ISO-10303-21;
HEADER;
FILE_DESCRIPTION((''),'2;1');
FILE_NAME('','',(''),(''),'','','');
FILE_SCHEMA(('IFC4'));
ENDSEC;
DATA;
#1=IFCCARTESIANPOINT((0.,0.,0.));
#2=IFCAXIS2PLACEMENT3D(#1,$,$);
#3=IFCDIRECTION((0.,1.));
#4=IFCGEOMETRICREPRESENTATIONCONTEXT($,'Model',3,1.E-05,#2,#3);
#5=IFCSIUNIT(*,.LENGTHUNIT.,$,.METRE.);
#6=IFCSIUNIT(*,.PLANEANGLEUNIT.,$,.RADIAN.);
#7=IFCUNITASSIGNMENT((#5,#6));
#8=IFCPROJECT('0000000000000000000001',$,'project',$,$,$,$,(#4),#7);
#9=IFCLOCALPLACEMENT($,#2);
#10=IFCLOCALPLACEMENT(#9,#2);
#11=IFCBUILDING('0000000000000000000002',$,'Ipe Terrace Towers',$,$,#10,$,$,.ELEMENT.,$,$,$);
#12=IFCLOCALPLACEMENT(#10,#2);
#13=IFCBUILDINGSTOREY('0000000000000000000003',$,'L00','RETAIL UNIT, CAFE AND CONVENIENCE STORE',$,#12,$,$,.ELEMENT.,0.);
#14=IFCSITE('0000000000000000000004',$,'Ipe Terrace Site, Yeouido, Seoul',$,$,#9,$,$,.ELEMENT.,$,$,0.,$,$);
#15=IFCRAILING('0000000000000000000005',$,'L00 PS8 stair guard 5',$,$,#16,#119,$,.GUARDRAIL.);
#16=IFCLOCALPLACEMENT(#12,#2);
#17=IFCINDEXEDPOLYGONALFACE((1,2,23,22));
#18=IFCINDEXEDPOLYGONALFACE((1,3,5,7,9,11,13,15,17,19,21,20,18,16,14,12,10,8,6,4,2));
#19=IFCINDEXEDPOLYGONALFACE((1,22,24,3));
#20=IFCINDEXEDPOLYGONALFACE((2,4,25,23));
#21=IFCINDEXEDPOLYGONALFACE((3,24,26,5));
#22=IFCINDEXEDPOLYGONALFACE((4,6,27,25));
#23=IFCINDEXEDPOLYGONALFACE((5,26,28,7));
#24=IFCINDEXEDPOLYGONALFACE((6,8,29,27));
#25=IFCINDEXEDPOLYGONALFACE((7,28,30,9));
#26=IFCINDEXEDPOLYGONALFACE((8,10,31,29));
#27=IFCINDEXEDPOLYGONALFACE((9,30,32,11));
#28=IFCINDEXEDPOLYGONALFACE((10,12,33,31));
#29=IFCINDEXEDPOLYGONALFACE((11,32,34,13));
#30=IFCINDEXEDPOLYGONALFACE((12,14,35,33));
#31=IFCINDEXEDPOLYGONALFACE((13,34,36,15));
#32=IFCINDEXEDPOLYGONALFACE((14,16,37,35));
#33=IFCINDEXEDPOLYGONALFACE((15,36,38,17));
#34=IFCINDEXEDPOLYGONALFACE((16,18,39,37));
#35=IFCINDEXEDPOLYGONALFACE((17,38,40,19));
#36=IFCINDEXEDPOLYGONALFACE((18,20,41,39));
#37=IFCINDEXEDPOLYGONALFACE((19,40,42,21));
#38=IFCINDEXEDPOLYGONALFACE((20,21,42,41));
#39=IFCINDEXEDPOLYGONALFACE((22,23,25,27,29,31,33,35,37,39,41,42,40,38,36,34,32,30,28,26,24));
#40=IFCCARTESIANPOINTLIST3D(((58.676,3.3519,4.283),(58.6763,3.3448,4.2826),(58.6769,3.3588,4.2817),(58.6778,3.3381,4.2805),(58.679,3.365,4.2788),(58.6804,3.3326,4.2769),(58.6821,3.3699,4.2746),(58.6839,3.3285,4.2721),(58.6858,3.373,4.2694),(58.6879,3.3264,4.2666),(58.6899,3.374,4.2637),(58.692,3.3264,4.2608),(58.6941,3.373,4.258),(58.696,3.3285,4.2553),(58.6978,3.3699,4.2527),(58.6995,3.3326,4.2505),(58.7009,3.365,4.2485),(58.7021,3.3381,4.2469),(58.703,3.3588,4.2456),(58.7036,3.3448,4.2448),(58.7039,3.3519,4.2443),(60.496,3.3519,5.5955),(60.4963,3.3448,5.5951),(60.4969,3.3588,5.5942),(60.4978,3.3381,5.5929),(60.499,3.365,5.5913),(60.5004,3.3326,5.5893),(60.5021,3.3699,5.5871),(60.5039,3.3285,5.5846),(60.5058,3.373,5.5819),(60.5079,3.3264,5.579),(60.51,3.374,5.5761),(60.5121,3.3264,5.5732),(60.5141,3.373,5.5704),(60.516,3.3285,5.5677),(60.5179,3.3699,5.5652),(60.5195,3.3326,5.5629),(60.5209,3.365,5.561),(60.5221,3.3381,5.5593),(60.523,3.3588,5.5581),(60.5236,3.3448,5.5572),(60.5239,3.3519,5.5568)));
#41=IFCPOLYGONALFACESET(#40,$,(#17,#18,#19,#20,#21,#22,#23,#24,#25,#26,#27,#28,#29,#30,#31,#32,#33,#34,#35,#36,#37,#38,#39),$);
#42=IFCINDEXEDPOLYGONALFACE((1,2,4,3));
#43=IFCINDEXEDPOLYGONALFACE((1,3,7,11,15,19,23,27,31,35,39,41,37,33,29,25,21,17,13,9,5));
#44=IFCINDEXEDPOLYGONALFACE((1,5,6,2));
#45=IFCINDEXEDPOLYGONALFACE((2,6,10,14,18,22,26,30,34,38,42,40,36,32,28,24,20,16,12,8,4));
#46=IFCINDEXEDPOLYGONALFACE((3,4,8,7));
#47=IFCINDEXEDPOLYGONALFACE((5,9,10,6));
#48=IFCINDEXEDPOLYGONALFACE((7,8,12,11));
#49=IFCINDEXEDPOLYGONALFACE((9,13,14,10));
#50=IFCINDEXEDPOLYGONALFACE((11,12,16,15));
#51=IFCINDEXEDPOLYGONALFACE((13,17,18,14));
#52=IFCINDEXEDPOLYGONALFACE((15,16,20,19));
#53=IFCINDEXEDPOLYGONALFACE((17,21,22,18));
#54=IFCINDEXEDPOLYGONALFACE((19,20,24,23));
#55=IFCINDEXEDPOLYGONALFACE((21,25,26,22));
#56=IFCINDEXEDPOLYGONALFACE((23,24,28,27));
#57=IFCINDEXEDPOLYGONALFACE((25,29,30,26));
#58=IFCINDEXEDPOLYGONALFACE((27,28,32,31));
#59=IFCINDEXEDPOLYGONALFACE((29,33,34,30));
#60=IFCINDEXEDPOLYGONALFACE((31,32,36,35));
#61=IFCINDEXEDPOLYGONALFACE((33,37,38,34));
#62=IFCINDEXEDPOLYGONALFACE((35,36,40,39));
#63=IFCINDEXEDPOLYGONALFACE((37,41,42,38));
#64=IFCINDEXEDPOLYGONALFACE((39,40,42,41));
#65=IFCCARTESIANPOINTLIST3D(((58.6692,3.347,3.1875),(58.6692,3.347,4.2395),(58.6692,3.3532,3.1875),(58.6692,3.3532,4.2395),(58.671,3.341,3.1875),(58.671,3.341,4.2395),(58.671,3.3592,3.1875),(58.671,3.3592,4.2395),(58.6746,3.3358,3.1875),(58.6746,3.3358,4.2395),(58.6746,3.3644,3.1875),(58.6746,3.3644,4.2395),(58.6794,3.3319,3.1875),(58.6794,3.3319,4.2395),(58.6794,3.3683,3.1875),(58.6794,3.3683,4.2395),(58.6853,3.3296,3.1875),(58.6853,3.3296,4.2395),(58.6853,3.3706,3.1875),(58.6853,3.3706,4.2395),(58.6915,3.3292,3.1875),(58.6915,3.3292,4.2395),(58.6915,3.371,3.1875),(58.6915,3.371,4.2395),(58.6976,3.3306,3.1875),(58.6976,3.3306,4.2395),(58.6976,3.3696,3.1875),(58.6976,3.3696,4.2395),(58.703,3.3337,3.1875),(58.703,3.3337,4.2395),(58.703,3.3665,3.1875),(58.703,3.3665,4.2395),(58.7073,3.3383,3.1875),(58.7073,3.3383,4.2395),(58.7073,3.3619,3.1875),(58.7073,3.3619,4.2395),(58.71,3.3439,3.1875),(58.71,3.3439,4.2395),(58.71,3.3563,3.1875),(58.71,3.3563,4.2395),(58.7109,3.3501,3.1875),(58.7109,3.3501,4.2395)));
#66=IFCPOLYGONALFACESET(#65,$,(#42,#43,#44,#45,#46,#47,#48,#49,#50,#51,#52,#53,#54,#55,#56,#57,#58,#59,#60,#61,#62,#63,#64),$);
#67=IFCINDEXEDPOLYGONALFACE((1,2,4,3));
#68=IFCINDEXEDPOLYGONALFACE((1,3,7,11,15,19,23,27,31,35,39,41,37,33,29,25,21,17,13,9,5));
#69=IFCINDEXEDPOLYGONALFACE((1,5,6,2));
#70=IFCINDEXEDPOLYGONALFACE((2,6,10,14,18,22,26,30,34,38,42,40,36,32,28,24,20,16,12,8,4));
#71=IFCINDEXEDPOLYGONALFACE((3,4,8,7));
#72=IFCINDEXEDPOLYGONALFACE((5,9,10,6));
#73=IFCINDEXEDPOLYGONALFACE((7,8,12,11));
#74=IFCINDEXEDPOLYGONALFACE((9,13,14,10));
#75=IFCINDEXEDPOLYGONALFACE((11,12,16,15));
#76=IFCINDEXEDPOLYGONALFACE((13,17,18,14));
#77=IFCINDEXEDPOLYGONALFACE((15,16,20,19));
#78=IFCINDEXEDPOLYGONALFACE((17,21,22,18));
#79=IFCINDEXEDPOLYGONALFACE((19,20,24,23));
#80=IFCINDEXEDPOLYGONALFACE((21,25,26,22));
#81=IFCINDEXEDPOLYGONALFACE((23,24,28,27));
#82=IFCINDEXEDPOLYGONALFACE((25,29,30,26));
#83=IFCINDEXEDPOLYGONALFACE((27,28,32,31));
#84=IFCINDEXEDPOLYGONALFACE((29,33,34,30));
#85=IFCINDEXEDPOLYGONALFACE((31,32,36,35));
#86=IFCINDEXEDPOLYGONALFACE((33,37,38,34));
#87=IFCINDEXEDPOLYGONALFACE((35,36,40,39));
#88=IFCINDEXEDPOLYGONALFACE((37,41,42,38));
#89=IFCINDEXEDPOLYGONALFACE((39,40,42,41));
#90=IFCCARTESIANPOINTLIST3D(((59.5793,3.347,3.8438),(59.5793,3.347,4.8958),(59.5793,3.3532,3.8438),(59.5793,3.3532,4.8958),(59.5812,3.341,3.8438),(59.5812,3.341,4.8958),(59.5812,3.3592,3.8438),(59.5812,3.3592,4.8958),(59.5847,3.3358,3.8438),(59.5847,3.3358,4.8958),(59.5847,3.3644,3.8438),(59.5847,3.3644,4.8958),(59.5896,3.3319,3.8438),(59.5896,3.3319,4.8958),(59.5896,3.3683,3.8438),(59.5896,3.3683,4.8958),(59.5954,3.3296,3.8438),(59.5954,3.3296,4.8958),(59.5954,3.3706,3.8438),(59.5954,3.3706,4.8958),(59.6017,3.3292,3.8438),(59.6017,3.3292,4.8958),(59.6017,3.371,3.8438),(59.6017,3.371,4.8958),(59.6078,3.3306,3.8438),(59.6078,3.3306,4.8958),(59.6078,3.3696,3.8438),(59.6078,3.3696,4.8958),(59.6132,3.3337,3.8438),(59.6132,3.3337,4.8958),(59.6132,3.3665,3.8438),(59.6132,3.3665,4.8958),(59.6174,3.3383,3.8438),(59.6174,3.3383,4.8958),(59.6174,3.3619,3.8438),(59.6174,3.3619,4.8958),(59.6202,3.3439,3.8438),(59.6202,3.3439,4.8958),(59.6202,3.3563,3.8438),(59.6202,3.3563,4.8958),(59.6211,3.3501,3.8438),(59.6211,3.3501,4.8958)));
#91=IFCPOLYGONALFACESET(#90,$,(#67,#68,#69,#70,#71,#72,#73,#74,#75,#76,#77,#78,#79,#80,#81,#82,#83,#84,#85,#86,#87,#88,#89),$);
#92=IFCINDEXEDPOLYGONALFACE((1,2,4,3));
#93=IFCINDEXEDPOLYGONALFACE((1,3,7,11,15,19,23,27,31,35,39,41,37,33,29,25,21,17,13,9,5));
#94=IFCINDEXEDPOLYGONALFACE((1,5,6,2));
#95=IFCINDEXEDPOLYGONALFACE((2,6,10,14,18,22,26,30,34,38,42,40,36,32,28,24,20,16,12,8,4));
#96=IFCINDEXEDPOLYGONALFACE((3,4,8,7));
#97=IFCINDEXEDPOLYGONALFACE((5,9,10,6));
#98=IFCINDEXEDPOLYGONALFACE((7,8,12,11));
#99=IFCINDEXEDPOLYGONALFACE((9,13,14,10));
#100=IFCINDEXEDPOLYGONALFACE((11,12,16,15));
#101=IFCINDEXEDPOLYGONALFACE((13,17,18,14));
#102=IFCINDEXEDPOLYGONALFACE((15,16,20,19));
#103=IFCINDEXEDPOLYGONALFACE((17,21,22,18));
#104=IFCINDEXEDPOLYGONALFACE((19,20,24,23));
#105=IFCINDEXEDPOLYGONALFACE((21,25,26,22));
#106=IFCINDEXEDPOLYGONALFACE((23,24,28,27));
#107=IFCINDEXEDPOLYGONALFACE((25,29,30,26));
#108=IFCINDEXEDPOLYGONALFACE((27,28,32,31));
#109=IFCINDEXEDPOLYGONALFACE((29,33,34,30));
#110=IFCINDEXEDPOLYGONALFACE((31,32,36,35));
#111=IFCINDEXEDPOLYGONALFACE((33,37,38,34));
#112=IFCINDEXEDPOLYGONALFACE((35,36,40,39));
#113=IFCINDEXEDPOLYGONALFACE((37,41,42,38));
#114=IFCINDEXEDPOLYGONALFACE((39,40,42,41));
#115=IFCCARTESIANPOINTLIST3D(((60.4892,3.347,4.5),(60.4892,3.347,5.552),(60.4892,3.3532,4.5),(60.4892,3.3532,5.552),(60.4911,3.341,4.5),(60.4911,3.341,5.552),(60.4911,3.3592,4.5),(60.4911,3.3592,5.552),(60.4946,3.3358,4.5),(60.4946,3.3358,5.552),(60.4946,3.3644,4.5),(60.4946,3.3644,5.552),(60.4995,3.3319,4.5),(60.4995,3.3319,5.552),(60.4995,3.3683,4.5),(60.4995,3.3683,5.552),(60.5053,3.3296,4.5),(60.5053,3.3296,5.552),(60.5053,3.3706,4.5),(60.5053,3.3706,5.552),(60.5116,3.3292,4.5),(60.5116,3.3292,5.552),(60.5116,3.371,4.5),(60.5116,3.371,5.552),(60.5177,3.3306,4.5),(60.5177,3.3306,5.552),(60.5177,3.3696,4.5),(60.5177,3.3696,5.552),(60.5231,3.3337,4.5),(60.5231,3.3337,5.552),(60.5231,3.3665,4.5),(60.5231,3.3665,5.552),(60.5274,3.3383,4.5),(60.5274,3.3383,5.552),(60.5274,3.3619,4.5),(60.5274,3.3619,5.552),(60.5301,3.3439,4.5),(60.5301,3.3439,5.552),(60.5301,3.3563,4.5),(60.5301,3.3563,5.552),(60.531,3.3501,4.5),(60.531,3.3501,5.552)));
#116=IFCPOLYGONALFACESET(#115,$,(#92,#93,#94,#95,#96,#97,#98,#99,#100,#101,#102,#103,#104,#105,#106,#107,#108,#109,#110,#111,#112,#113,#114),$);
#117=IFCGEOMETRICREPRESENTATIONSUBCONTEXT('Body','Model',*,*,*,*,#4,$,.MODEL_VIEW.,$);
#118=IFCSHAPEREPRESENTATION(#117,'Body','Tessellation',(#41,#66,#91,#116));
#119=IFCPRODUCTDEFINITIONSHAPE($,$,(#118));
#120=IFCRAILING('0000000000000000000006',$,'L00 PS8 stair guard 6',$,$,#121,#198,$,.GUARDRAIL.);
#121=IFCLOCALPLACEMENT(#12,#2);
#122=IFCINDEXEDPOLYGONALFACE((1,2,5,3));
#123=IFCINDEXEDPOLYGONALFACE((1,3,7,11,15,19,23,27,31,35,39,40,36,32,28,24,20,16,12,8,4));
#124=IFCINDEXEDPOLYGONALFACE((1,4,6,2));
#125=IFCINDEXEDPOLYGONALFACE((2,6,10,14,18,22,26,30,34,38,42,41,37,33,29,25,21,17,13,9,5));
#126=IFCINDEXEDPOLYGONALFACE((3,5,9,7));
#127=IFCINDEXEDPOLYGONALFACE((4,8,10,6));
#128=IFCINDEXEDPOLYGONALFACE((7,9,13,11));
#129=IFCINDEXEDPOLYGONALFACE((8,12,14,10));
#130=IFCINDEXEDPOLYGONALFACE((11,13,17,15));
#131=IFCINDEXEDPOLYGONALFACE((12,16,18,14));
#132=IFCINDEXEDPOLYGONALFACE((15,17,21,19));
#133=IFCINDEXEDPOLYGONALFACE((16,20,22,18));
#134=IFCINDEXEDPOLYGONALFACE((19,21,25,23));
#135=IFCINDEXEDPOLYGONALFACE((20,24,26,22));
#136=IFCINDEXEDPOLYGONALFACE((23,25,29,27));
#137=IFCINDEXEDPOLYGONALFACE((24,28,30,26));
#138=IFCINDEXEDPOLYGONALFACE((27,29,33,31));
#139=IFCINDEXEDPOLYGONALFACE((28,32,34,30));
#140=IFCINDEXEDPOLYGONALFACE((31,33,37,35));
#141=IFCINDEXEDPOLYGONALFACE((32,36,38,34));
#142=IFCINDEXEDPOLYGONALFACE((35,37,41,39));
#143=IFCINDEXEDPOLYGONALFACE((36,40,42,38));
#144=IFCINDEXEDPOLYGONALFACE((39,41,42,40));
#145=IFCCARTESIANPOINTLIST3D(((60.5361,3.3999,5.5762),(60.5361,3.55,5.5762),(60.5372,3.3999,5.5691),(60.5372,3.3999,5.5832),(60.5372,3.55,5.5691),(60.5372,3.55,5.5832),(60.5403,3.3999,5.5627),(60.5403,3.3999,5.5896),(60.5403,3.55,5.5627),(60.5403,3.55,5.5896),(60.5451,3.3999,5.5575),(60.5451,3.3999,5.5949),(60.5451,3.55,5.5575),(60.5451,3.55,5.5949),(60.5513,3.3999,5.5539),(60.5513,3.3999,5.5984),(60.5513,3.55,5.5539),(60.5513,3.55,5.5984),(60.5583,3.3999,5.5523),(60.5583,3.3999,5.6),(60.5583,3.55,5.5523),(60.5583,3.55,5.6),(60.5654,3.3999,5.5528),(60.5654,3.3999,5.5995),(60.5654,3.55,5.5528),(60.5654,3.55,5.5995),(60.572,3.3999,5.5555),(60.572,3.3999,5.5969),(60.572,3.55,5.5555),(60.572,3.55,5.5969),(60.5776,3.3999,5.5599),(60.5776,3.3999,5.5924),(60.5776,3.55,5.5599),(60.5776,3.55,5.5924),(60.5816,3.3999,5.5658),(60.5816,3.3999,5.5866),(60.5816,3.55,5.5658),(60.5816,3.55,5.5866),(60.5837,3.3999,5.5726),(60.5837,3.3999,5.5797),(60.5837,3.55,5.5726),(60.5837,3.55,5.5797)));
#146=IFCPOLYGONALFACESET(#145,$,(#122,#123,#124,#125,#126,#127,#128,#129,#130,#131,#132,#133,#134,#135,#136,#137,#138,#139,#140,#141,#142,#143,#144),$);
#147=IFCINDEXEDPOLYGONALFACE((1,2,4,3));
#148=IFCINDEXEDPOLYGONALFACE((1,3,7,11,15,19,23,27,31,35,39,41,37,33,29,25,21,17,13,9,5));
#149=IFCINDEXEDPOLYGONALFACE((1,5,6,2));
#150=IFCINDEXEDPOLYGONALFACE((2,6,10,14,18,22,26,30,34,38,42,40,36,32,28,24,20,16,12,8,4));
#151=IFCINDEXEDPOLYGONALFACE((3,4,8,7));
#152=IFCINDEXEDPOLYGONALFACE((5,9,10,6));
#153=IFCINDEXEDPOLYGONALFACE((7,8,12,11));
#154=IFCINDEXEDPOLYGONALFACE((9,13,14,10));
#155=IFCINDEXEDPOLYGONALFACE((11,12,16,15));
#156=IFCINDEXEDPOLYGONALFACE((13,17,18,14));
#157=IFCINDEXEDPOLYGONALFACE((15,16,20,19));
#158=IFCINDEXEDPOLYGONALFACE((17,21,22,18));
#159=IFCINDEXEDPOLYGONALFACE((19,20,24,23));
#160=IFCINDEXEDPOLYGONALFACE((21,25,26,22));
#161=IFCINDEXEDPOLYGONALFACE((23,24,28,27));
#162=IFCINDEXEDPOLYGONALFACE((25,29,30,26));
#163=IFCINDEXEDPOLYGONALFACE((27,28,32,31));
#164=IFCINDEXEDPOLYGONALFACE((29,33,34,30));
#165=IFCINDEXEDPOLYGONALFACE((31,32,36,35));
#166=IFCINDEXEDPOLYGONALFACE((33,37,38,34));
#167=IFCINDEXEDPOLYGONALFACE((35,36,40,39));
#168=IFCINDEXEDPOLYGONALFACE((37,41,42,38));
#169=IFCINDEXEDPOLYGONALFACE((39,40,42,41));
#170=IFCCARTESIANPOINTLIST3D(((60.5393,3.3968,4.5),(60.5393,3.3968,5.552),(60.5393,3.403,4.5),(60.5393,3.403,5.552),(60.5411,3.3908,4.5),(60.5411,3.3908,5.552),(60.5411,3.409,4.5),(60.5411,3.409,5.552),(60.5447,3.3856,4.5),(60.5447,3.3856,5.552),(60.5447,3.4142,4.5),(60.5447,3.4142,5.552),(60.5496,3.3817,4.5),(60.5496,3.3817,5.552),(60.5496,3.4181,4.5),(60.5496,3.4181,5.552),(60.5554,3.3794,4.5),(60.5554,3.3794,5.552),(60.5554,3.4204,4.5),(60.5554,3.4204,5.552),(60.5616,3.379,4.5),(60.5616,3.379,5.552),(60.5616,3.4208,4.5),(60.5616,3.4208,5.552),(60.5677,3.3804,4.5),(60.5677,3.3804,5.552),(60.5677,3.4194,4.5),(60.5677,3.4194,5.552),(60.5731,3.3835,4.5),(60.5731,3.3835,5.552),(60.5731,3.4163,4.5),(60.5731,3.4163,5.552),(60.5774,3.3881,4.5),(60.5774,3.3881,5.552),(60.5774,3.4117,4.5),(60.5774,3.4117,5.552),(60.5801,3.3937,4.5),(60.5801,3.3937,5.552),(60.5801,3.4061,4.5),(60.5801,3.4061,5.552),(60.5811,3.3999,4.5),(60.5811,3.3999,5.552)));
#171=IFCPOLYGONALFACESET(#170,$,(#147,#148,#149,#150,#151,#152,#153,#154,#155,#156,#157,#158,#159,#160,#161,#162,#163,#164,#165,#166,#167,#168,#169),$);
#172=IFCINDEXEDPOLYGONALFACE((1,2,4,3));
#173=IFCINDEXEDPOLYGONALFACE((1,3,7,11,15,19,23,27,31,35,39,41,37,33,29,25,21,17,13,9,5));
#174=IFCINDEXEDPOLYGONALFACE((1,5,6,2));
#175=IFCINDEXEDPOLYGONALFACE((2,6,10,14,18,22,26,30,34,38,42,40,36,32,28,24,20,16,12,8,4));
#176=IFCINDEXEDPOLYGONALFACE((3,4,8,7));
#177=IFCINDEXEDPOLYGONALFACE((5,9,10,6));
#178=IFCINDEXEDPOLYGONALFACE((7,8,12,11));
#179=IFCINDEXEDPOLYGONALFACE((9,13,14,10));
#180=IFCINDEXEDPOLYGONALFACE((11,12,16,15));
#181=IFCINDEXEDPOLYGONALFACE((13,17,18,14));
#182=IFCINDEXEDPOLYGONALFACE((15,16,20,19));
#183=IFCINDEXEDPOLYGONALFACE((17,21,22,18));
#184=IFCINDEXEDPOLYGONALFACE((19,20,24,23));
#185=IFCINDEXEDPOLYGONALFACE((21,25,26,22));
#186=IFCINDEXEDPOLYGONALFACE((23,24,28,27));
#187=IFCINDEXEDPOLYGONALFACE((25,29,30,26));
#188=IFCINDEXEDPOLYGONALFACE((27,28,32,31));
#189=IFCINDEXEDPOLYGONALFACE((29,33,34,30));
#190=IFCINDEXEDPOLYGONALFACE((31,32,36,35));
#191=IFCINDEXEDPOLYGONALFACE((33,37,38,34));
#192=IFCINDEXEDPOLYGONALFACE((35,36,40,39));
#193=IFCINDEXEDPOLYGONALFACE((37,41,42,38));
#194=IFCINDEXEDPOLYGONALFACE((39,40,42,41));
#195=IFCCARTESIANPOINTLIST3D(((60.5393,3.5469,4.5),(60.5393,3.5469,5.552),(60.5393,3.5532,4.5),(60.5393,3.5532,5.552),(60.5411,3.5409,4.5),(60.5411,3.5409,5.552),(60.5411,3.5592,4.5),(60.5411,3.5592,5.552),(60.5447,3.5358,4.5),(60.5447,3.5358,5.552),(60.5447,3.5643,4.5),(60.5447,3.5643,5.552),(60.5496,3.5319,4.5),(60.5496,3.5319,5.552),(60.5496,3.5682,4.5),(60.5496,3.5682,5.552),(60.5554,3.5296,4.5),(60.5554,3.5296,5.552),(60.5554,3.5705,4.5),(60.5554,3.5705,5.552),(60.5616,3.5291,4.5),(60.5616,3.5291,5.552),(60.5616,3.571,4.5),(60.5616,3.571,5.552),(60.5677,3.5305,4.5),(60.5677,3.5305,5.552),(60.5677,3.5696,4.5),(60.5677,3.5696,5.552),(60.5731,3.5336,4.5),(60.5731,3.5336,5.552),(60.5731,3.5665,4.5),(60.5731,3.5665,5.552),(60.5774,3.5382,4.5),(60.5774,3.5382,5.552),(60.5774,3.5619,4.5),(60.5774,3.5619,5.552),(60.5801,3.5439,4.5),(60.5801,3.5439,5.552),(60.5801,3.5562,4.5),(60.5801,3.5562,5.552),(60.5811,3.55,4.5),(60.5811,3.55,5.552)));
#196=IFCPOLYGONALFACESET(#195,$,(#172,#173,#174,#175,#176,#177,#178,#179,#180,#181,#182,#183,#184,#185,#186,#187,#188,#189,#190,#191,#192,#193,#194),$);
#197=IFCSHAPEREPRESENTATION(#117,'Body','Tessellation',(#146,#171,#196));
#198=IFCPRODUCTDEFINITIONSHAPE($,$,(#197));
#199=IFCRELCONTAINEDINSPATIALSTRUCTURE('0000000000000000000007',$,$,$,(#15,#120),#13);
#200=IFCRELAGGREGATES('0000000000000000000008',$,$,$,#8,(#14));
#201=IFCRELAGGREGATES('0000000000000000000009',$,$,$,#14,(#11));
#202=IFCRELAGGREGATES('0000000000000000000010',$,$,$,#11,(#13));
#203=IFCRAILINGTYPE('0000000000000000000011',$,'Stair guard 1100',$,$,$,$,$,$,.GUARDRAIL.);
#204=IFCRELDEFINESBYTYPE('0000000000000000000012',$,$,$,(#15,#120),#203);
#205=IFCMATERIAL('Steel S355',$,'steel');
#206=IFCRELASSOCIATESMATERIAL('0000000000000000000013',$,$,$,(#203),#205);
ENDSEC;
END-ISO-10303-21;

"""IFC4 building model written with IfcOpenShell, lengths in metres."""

from ifc_helpers import new_model, si_unit, direction, frame, origin, origin_2d, place, context, subcontext, project, spatial, circle, extrude, material, type_object, element, save


model = new_model("IFC4")

# Units and contexts
model_context = context("Model", 3, precision=1e-05, world=origin(), true_north=direction((0.0, 1.0)))
body_context = subcontext(model_context, "Body", "Model", "MODEL_VIEW")
ifc_project = project(units=[si_unit("LENGTHUNIT", "METRE"), si_unit("PLANEANGLEUNIT", "RADIAN")], contexts=[model_context])

# Site, building, storey
site_placement = place(None, origin())
site = spatial("IfcSite", under=ifc_project, at=site_placement, Name="Ipe Terrace Site, Yeouido, Seoul", CompositionType="ELEMENT", RefElevation=0.0)
building_placement = place(site_placement, origin())
building = spatial("IfcBuilding", under=site, at=building_placement, Name="Ipe Terrace Towers", CompositionType="ELEMENT")
storey_placement = place(building_placement, origin())
storey = spatial("IfcBuildingStorey", under=building, at=storey_placement, Name="L00", Description="RETAIL UNIT, CAFE AND CONVENIENCE STORE", CompositionType="ELEMENT", Elevation=0.0)

# Railings
ifc_material_1 = material(Name="Steel S355", Category="steel")
railing_type_1 = type_object("IfcRailingType", Name="Stair guard 1100", PredefinedType="GUARDRAIL", material=ifc_material_1)
railing_1_placement = place(storey_placement, frame((58.6899, 3.3501, 3.1875)))
element("IfcRailing", 1, at=railing_1_placement, inside=storey, type_object=railing_type_1, Name="L00 PS8 stair guard 5", PredefinedType="GUARDRAIL", context=body_context, shape_type="SweptSolid", body=[
    extrude(circle(Radius=0.0239, at=origin_2d()), frame((0.0, 0.0, 1.0762), z_axis=(0.811101, 0.0, 0.584906), x_axis=(0.0, 1.0, 0.0)), (0.0, 0.0, 1.0), 2.2439),
    extrude(circle(Radius=0.021, at=origin_2d()), origin(), (0.0, 0.0, 1.0), 1.052),
    extrude(circle(Radius=0.021, at=origin_2d()), frame((0.9102, 0.0, 0.6562)), (0.0, 0.0, 1.0), 1.052),
    extrude(circle(Radius=0.021, at=origin_2d()), frame((1.8201, 0.0, 1.3125)), (0.0, 0.0, 1.0), 1.052),
])
railing_2_placement = place(storey_placement, frame((60.5601, 3.3999, 4.5)))
element("IfcRailing", 2, at=railing_2_placement, inside=storey, type_object=railing_type_1, Name="L00 PS8 stair guard 6", PredefinedType="GUARDRAIL", context=body_context, shape_type="SweptSolid", body=[
    extrude(circle(Radius=0.0239, at=origin_2d()), frame((0.0, 0.0, 1.0762), z_axis=(0.0, 1.0, 0.0), x_axis=(-1.0, 0.0, 0.0)), (0.0, 0.0, 1.0), 0.1501),
    extrude(circle(Radius=0.021, at=origin_2d()), origin(), (0.0, 0.0, 1.0), 1.052),
    extrude(circle(Radius=0.021, at=origin_2d()), frame((0.0, 0.1501, 0.0)), (0.0, 0.0, 1.0), 1.052),
])

save(model, "model.ifc")
